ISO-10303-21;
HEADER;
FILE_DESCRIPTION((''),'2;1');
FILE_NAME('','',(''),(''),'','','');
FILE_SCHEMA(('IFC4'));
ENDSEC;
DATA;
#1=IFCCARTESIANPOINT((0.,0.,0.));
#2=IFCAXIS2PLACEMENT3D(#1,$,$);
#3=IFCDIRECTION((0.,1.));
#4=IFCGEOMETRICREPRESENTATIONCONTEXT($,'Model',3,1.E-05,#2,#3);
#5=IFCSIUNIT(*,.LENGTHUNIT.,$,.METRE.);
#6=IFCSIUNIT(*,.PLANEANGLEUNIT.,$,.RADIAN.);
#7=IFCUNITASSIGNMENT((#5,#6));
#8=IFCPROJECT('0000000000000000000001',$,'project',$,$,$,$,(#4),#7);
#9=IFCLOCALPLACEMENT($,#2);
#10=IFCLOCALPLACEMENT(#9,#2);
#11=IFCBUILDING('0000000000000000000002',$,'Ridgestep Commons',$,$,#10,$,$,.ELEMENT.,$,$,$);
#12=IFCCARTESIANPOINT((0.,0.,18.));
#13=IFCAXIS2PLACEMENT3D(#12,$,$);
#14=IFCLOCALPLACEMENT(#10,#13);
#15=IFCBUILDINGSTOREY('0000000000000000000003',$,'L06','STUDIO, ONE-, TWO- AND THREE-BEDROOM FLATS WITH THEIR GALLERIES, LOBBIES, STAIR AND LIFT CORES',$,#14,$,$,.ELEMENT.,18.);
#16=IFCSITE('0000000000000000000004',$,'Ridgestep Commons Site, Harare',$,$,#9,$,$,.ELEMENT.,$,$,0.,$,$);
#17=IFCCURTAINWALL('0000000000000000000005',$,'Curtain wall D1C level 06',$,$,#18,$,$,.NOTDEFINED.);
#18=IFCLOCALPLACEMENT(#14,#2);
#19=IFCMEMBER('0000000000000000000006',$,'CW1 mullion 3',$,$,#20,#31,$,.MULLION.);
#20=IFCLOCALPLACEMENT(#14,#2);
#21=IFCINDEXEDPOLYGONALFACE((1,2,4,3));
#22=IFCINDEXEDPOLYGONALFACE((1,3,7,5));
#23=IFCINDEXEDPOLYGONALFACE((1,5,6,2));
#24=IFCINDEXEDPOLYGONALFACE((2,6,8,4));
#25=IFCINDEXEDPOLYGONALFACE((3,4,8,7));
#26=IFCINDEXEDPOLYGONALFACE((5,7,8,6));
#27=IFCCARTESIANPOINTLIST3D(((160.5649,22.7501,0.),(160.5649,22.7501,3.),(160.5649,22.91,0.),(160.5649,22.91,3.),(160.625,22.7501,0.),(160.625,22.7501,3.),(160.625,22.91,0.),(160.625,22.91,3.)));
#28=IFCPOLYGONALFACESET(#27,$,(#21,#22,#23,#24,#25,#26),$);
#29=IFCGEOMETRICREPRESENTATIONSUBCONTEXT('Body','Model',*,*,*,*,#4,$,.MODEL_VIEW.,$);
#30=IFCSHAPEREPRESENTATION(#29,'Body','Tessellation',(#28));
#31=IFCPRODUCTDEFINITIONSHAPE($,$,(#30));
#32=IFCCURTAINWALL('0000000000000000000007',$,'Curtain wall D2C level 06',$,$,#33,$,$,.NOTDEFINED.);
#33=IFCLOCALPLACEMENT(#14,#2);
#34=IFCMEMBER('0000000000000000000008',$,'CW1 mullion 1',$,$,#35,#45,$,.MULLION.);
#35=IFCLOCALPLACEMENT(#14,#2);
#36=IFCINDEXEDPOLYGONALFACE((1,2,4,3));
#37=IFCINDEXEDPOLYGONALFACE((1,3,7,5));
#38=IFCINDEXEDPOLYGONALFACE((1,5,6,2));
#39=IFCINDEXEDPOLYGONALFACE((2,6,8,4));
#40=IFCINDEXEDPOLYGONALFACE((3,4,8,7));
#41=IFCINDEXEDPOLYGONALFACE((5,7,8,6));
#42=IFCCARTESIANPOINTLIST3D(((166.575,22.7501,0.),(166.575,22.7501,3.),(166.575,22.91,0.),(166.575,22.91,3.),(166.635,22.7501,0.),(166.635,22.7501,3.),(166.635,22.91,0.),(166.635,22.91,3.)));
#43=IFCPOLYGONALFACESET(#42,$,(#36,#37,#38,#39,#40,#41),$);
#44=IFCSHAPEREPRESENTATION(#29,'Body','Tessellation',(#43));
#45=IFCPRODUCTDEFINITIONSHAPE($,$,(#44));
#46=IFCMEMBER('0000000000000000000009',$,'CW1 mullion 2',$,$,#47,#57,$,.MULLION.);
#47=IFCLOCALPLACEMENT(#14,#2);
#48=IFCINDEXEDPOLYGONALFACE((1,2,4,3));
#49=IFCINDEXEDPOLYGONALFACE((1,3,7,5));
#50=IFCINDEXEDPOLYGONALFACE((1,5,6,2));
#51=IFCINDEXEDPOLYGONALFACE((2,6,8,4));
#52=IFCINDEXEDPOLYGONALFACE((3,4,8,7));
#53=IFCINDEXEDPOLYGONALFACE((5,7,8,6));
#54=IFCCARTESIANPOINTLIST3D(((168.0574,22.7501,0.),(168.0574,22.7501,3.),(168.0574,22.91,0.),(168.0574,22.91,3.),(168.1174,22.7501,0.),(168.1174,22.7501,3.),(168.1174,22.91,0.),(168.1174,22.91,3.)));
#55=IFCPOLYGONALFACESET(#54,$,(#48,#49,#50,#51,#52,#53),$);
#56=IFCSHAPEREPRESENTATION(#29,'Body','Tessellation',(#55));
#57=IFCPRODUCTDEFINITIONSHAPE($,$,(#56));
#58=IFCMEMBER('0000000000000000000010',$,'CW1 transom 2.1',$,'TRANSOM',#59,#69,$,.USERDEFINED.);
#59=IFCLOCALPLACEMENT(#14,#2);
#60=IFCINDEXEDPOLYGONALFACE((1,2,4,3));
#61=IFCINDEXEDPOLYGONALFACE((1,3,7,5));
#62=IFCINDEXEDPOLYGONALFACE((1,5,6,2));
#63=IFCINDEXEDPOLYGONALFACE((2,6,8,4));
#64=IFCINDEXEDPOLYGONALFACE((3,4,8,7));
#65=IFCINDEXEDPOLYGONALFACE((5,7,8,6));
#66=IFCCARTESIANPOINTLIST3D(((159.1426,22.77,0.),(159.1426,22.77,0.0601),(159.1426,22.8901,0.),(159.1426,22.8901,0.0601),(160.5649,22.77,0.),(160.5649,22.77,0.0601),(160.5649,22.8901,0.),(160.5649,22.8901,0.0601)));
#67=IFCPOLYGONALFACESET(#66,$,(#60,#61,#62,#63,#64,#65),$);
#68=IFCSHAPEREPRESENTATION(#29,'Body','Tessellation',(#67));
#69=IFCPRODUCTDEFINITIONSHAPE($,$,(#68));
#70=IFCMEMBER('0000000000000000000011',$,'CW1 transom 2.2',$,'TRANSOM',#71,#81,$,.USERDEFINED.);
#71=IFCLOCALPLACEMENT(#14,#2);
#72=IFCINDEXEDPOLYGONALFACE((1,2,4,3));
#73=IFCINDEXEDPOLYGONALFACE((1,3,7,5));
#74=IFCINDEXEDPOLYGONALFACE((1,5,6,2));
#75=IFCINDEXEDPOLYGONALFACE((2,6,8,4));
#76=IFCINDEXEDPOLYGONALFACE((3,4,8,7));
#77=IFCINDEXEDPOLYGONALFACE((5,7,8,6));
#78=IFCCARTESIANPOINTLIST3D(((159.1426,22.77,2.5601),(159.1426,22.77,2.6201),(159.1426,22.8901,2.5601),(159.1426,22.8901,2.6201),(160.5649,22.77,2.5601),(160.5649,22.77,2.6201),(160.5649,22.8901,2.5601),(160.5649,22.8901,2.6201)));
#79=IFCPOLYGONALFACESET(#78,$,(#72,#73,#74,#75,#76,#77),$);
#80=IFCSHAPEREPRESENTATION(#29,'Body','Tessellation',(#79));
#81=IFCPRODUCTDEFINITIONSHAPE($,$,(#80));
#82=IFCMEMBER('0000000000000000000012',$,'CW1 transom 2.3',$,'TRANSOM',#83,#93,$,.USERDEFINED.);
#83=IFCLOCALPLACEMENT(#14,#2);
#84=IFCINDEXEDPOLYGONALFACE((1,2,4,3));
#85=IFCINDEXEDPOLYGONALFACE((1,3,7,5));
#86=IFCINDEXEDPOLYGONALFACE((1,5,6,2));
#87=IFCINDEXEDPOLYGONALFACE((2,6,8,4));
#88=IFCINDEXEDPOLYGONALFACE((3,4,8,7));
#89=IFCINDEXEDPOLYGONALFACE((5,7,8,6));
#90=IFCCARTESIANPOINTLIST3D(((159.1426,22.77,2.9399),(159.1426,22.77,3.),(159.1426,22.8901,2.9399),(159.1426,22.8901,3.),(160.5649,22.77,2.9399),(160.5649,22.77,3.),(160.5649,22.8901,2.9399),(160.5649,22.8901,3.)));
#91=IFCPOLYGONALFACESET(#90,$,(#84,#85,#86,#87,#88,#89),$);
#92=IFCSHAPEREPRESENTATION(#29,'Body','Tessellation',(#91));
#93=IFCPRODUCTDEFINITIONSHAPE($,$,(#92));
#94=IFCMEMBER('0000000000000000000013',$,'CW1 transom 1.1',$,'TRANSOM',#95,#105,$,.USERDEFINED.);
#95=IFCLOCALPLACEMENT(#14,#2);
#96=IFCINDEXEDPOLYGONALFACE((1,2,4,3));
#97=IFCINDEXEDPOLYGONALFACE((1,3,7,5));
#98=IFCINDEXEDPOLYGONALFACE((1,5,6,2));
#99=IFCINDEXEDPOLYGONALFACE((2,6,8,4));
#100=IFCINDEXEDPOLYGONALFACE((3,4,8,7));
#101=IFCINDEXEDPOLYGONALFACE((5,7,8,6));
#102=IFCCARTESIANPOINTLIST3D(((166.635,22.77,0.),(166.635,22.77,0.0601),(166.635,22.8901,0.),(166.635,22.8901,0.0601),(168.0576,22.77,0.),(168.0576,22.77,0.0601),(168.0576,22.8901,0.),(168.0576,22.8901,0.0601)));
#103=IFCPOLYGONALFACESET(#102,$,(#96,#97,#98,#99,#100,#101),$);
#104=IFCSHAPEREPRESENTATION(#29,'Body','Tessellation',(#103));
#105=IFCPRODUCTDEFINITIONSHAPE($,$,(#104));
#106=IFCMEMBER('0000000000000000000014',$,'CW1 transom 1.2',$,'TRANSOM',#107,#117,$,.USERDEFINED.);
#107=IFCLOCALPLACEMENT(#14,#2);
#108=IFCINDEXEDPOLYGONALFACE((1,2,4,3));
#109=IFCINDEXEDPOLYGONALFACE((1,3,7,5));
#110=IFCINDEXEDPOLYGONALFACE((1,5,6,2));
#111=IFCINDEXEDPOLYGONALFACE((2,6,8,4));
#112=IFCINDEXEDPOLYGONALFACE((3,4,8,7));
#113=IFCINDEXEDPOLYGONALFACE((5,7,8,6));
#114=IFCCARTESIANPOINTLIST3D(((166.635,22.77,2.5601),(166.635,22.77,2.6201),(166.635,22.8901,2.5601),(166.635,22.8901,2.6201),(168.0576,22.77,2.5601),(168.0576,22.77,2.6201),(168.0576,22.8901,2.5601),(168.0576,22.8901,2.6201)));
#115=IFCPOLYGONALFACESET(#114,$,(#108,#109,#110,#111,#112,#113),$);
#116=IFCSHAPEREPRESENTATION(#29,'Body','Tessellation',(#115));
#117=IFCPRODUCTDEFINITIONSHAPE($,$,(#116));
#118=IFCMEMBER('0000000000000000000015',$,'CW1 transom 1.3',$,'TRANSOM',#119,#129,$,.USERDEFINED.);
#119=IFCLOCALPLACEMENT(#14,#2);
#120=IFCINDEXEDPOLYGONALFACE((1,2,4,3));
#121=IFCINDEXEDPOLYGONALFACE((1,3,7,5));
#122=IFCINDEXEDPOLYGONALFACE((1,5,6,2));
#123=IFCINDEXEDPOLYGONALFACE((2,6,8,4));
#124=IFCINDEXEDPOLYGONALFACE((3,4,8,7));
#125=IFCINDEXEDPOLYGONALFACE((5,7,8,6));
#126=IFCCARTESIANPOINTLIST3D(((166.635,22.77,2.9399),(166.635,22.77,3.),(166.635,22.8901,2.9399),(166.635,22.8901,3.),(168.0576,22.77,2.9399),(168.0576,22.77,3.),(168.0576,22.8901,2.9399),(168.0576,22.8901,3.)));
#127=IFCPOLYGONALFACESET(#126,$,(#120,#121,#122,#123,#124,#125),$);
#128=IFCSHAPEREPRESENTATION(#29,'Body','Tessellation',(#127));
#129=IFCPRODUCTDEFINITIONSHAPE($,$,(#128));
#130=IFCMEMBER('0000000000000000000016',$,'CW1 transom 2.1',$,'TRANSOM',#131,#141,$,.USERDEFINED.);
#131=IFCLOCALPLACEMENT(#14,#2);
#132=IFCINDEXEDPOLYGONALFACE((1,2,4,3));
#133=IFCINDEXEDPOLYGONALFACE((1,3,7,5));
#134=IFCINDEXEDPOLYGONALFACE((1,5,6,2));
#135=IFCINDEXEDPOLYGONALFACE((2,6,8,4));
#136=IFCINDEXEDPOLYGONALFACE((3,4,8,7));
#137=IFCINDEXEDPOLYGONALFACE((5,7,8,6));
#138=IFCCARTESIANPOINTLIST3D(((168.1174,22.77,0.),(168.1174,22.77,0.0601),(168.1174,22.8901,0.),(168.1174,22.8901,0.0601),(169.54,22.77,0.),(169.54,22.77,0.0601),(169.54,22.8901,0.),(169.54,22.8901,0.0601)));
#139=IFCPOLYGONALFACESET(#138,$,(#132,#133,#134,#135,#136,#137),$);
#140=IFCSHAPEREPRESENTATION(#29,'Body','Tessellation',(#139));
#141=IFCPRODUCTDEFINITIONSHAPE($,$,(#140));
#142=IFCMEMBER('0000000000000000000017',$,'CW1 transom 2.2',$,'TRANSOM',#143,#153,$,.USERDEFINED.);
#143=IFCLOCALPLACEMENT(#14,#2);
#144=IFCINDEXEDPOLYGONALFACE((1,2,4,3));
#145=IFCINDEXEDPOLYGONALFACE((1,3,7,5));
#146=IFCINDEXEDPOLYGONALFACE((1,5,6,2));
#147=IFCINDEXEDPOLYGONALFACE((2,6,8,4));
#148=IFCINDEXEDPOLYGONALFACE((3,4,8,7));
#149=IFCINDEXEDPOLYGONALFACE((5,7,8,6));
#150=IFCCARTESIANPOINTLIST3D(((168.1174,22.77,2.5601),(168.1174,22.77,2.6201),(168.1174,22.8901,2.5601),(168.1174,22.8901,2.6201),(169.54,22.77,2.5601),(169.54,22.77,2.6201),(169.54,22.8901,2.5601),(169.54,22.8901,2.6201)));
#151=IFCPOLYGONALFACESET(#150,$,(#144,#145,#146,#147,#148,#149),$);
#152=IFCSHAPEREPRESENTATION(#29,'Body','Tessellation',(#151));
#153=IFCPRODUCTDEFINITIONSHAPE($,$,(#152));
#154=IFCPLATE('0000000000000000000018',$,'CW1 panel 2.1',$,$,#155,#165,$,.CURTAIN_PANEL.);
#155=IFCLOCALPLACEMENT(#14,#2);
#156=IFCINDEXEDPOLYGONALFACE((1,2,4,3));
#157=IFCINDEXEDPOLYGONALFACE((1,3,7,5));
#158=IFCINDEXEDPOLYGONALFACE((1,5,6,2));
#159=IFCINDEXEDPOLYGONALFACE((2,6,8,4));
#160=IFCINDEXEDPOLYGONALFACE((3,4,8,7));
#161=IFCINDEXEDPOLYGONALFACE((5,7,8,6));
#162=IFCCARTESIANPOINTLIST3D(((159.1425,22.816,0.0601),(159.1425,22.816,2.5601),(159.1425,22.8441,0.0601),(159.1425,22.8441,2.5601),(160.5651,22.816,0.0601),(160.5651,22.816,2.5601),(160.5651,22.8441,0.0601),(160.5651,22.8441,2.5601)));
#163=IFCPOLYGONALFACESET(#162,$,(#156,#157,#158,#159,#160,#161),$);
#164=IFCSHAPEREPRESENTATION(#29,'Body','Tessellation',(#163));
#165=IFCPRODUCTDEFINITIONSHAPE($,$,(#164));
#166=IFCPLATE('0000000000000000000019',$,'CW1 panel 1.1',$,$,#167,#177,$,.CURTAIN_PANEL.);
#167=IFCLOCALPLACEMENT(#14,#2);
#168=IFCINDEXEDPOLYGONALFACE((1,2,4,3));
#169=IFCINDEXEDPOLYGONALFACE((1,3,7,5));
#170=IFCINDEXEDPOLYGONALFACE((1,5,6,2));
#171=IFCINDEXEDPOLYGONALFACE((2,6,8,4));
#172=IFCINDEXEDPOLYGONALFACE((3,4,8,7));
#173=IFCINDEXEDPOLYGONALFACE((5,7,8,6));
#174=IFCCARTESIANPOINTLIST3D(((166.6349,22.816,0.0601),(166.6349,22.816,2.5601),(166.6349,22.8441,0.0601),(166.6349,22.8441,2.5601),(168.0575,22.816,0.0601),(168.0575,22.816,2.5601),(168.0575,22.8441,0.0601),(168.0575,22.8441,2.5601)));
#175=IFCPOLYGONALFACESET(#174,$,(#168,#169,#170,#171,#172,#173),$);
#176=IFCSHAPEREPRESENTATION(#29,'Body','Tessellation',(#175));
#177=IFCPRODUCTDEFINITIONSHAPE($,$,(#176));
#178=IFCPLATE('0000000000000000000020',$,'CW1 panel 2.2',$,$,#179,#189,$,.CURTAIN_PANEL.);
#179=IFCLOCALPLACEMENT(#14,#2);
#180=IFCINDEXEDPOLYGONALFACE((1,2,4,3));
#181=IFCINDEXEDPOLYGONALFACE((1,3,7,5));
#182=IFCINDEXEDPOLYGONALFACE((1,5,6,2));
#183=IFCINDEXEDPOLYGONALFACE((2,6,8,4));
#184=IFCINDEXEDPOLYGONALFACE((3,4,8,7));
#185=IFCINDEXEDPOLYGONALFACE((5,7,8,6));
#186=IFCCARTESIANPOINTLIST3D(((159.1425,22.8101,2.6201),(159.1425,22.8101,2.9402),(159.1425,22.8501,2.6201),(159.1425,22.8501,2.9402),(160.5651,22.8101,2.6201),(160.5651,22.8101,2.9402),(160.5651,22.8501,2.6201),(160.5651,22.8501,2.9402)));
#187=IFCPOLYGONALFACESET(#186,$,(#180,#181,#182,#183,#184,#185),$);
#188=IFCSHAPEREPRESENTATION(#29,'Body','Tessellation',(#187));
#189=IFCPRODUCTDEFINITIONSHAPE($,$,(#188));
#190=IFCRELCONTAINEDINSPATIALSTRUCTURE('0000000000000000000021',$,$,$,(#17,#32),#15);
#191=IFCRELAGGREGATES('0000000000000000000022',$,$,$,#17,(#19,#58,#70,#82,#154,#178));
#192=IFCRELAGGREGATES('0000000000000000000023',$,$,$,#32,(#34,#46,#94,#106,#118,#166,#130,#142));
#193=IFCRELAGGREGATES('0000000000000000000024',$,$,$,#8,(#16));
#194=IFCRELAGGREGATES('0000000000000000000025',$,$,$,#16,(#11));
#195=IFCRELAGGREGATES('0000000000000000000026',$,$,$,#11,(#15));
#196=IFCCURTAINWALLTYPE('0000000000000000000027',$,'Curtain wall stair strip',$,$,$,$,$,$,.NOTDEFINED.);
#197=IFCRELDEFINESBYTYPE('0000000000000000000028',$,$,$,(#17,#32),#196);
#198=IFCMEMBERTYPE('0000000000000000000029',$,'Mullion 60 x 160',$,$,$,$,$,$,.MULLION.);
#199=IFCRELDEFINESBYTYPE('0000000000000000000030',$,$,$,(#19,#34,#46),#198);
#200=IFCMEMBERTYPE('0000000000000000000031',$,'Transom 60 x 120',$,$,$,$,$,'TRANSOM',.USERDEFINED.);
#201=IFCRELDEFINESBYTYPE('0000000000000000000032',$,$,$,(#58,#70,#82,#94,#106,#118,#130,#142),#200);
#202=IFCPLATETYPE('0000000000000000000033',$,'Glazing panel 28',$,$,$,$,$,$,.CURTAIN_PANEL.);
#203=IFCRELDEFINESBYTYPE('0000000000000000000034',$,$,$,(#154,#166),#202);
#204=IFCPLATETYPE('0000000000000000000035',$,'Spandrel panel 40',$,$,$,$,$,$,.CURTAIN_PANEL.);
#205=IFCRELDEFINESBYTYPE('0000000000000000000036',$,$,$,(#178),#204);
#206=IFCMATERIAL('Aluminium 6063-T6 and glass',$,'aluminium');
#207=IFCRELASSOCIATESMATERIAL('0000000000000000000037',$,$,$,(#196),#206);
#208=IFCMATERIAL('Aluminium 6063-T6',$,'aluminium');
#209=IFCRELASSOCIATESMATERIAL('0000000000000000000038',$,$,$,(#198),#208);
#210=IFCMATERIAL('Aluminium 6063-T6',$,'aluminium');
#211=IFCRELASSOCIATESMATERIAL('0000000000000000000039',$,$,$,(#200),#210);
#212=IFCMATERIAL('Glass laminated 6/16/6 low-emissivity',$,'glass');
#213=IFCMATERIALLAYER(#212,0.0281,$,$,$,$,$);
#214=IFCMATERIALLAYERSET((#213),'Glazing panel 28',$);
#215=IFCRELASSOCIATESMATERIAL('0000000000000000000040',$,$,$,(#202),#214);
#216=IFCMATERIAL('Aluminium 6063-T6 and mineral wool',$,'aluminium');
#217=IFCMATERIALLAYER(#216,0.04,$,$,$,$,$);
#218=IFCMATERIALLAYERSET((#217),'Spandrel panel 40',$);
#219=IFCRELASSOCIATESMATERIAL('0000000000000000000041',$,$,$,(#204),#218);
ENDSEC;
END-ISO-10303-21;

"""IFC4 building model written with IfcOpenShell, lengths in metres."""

from ifc_helpers import new_model, si_unit, direction, frame, origin, origin_2d, place, context, subcontext, project, spatial, rectangle, extrude, material, layer, layer_set, material_profile, profile_set, type_object, element, aggregate, save


model = new_model("IFC4")

# Units and contexts
model_context = context("Model", 3, precision=1e-05, world=origin(), true_north=direction((0.0, 1.0)))
body_context = subcontext(model_context, "Body", "Model", "MODEL_VIEW")
ifc_project = project(units=[si_unit("LENGTHUNIT", "METRE"), si_unit("PLANEANGLEUNIT", "RADIAN")], contexts=[model_context])

# Site, building, storey
site_placement = place(None, origin())
site = spatial("IfcSite", under=ifc_project, at=site_placement, Name="Ridgestep Commons Site, Harare", CompositionType="ELEMENT", RefElevation=0.0)
building_placement = place(site_placement, origin())
building = spatial("IfcBuilding", under=site, at=building_placement, Name="Ridgestep Commons", CompositionType="ELEMENT")
storey_placement = place(building_placement, frame((0.0, 0.0, 18.0)))
storey = spatial("IfcBuildingStorey", under=building, at=storey_placement, Name="L06", Description="STUDIO, ONE-, TWO- AND THREE-BEDROOM FLATS WITH THEIR GALLERIES, LOBBIES, STAIR AND LIFT CORES", CompositionType="ELEMENT", Elevation=18.0)

# Curtain wall, member
ifc_material_1 = material(Name="Aluminium 6063-T6 and glass", Category="aluminium")
curtain_wall_type = type_object("IfcCurtainWallType", Name="Curtain wall stair strip", PredefinedType="NOTDEFINED", material=ifc_material_1)
curtain_wall_1_placement = place(storey_placement, origin())
curtain_wall_1 = element("IfcCurtainWall", 1, at=curtain_wall_1_placement, inside=storey, type_object=curtain_wall_type, Name="Curtain wall D1C level 06", PredefinedType="NOTDEFINED")
ifc_material_2 = material(Name="Aluminium 6063-T6", Category="aluminium")
ifc_material_profile_1 = material_profile(ifc_material_2, rectangle(XDim=0.1599, YDim=0.0601, at=origin_2d()), Name="Mullion 60 x 160")
ifc_profile_set_1 = profile_set([ifc_material_profile_1], Name="Aluminium 6063-T6")
member_type_1 = type_object("IfcMemberType", Name="Mullion 60 x 160", PredefinedType="MULLION", material=ifc_profile_set_1)
member_1_placement = place(storey_placement, frame((160.595, 22.8301, 0.0), z_axis=(0.0, 0.0, 1.0), x_axis=(0.0, 1.0, 0.0)))
member_1 = element("IfcMember", 2, at=member_1_placement, type_object=member_type_1, Name="CW1 mullion 3", PredefinedType="MULLION", context=body_context, shape_type="SweptSolid", body=[
    extrude(rectangle(XDim=0.1599, YDim=0.0601, at=origin_2d()), origin(), (0.0, 0.0, 1.0), 3.0),
])

# Curtain wall, members
curtain_wall_2_placement = place(storey_placement, origin())
curtain_wall_2 = element("IfcCurtainWall", 3, at=curtain_wall_2_placement, inside=storey, type_object=curtain_wall_type, Name="Curtain wall D2C level 06", PredefinedType="NOTDEFINED")
member_2_placement = place(storey_placement, frame((166.605, 22.8301, 0.0), z_axis=(0.0, 0.0, 1.0), x_axis=(0.0, 1.0, 0.0)))
member_2 = element("IfcMember", 4, at=member_2_placement, type_object=member_type_1, Name="CW1 mullion 1", PredefinedType="MULLION", context=body_context, shape_type="SweptSolid", body=[
    extrude(rectangle(XDim=0.1599, YDim=0.0601, at=origin_2d()), origin(), (0.0, 0.0, 1.0), 3.0),
])
member_3_placement = place(storey_placement, frame((168.0874, 22.8301, 0.0), z_axis=(0.0, 0.0, 1.0), x_axis=(0.0, 1.0, 0.0)))
member_3 = element("IfcMember", 5, at=member_3_placement, type_object=member_type_1, Name="CW1 mullion 2", PredefinedType="MULLION", context=body_context, shape_type="SweptSolid", body=[
    extrude(rectangle(XDim=0.1599, YDim=0.0601, at=origin_2d()), origin(), (0.0, 0.0, 1.0), 3.0),
])

# Members
ifc_material_3 = material(Name="Aluminium 6063-T6", Category="aluminium")
ifc_material_profile_2 = material_profile(ifc_material_3, rectangle(XDim=0.1201, YDim=0.0601, at=origin_2d()), Name="Transom 60 x 120")
ifc_profile_set_2 = profile_set([ifc_material_profile_2], Name="Aluminium 6063-T6")
member_type_2 = type_object("IfcMemberType", Name="Transom 60 x 120", ElementType="TRANSOM", PredefinedType="USERDEFINED", material=ifc_profile_set_2)
member_4_placement = place(storey_placement, frame((159.1426, 22.8301, 0.03), z_axis=(1.0, 0.0, 0.0), x_axis=(0.0, 1.0, 0.0)))
member_4 = element("IfcMember", 6, at=member_4_placement, type_object=member_type_2, Name="CW1 transom 2.1", ObjectType="TRANSOM", PredefinedType="USERDEFINED", context=body_context, shape_type="SweptSolid", body=[
    extrude(rectangle(XDim=0.1201, YDim=0.0601, at=origin_2d()), origin(), (0.0, 0.0, 1.0), 1.4224),
])
member_5_placement = place(storey_placement, frame((159.1426, 22.8301, 2.5901), z_axis=(1.0, 0.0, 0.0), x_axis=(0.0, 1.0, 0.0)))
member_5 = element("IfcMember", 7, at=member_5_placement, type_object=member_type_2, Name="CW1 transom 2.2", ObjectType="TRANSOM", PredefinedType="USERDEFINED", context=body_context, shape_type="SweptSolid", body=[
    extrude(rectangle(XDim=0.1201, YDim=0.0601, at=origin_2d()), origin(), (0.0, 0.0, 1.0), 1.4224),
])
member_6_placement = place(storey_placement, frame((159.1426, 22.8301, 2.97), z_axis=(1.0, 0.0, 0.0), x_axis=(0.0, 1.0, 0.0)))
member_6 = element("IfcMember", 8, at=member_6_placement, type_object=member_type_2, Name="CW1 transom 2.3", ObjectType="TRANSOM", PredefinedType="USERDEFINED", context=body_context, shape_type="SweptSolid", body=[
    extrude(rectangle(XDim=0.1201, YDim=0.0601, at=origin_2d()), origin(), (0.0, 0.0, 1.0), 1.4224),
])
member_7_placement = place(storey_placement, frame((166.635, 22.8301, 0.03), z_axis=(1.0, 0.0, 0.0), x_axis=(0.0, 1.0, 0.0)))
member_7 = element("IfcMember", 9, at=member_7_placement, type_object=member_type_2, Name="CW1 transom 1.1", ObjectType="TRANSOM", PredefinedType="USERDEFINED", context=body_context, shape_type="SweptSolid", body=[
    extrude(rectangle(XDim=0.1201, YDim=0.0601, at=origin_2d()), origin(), (0.0, 0.0, 1.0), 1.4226),
])
member_8_placement = place(storey_placement, frame((166.635, 22.8301, 2.5901), z_axis=(1.0, 0.0, 0.0), x_axis=(0.0, 1.0, 0.0)))
member_8 = element("IfcMember", 10, at=member_8_placement, type_object=member_type_2, Name="CW1 transom 1.2", ObjectType="TRANSOM", PredefinedType="USERDEFINED", context=body_context, shape_type="SweptSolid", body=[
    extrude(rectangle(XDim=0.1201, YDim=0.0601, at=origin_2d()), origin(), (0.0, 0.0, 1.0), 1.4226),
])
member_9_placement = place(storey_placement, frame((166.635, 22.8301, 2.97), z_axis=(1.0, 0.0, 0.0), x_axis=(0.0, 1.0, 0.0)))
member_9 = element("IfcMember", 11, at=member_9_placement, type_object=member_type_2, Name="CW1 transom 1.3", ObjectType="TRANSOM", PredefinedType="USERDEFINED", context=body_context, shape_type="SweptSolid", body=[
    extrude(rectangle(XDim=0.1201, YDim=0.0601, at=origin_2d()), origin(), (0.0, 0.0, 1.0), 1.4226),
])
member_10_placement = place(storey_placement, frame((168.1174, 22.8301, 0.03), z_axis=(1.0, 0.0, 0.0), x_axis=(0.0, 1.0, 0.0)))
member_10 = element("IfcMember", 12, at=member_10_placement, type_object=member_type_2, Name="CW1 transom 2.1", ObjectType="TRANSOM", PredefinedType="USERDEFINED", context=body_context, shape_type="SweptSolid", body=[
    extrude(rectangle(XDim=0.1201, YDim=0.0601, at=origin_2d()), origin(), (0.0, 0.0, 1.0), 1.4226),
])
member_11_placement = place(storey_placement, frame((168.1174, 22.8301, 2.5901), z_axis=(1.0, 0.0, 0.0), x_axis=(0.0, 1.0, 0.0)))
member_11 = element("IfcMember", 13, at=member_11_placement, type_object=member_type_2, Name="CW1 transom 2.2", ObjectType="TRANSOM", PredefinedType="USERDEFINED", context=body_context, shape_type="SweptSolid", body=[
    extrude(rectangle(XDim=0.1201, YDim=0.0601, at=origin_2d()), origin(), (0.0, 0.0, 1.0), 1.4226),
])

# Plates
ifc_material_4 = material(Name="Glass laminated 6/16/6 low-emissivity", Category="glass")
ifc_layer_1 = layer(ifc_material_4, 0.0281)
ifc_layer_set_1 = layer_set([ifc_layer_1], Name="Glazing panel 28")
plate_type_1 = type_object("IfcPlateType", Name="Glazing panel 28", PredefinedType="CURTAIN_PANEL", material=ifc_layer_set_1)
plate_1_placement = place(storey_placement, frame((159.8538, 22.8301, 0.0601), z_axis=(0.0, 0.0, 1.0), x_axis=(1.0, 0.0, 0.0)))
plate_1 = element("IfcPlate", 14, at=plate_1_placement, type_object=plate_type_1, Name="CW1 panel 2.1", PredefinedType="CURTAIN_PANEL", context=body_context, shape_type="SweptSolid", body=[
    extrude(rectangle(XDim=1.4226, YDim=0.0281, at=origin_2d()), origin(), (0.0, 0.0, 1.0), 2.5),
])
plate_2_placement = place(storey_placement, frame((167.3462, 22.8301, 0.0601), z_axis=(0.0, 0.0, 1.0), x_axis=(1.0, 0.0, 0.0)))
plate_2 = element("IfcPlate", 15, at=plate_2_placement, type_object=plate_type_1, Name="CW1 panel 1.1", PredefinedType="CURTAIN_PANEL", context=body_context, shape_type="SweptSolid", body=[
    extrude(rectangle(XDim=1.4226, YDim=0.0281, at=origin_2d()), origin(), (0.0, 0.0, 1.0), 2.5),
])
ifc_material_5 = material(Name="Aluminium 6063-T6 and mineral wool", Category="aluminium")
ifc_layer_2 = layer(ifc_material_5, 0.04)
ifc_layer_set_2 = layer_set([ifc_layer_2], Name="Spandrel panel 40")
plate_type_2 = type_object("IfcPlateType", Name="Spandrel panel 40", PredefinedType="CURTAIN_PANEL", material=ifc_layer_set_2)
plate_3_placement = place(storey_placement, frame((159.8538, 22.8301, 2.6201), z_axis=(0.0, 0.0, 1.0), x_axis=(1.0, 0.0, 0.0)))
plate_3 = element("IfcPlate", 16, at=plate_3_placement, type_object=plate_type_2, Name="CW1 panel 2.2", PredefinedType="CURTAIN_PANEL", context=body_context, shape_type="SweptSolid", body=[
    extrude(rectangle(XDim=1.4226, YDim=0.04, at=origin_2d()), origin(), (0.0, 0.0, 1.0), 0.3201),
])
aggregate(curtain_wall_1, [member_1, member_4, member_5, member_6, plate_1, plate_3])
aggregate(curtain_wall_2, [member_2, member_3, member_7, member_8, member_9, plate_2, member_10, member_11])

save(model, "model.ifc")
